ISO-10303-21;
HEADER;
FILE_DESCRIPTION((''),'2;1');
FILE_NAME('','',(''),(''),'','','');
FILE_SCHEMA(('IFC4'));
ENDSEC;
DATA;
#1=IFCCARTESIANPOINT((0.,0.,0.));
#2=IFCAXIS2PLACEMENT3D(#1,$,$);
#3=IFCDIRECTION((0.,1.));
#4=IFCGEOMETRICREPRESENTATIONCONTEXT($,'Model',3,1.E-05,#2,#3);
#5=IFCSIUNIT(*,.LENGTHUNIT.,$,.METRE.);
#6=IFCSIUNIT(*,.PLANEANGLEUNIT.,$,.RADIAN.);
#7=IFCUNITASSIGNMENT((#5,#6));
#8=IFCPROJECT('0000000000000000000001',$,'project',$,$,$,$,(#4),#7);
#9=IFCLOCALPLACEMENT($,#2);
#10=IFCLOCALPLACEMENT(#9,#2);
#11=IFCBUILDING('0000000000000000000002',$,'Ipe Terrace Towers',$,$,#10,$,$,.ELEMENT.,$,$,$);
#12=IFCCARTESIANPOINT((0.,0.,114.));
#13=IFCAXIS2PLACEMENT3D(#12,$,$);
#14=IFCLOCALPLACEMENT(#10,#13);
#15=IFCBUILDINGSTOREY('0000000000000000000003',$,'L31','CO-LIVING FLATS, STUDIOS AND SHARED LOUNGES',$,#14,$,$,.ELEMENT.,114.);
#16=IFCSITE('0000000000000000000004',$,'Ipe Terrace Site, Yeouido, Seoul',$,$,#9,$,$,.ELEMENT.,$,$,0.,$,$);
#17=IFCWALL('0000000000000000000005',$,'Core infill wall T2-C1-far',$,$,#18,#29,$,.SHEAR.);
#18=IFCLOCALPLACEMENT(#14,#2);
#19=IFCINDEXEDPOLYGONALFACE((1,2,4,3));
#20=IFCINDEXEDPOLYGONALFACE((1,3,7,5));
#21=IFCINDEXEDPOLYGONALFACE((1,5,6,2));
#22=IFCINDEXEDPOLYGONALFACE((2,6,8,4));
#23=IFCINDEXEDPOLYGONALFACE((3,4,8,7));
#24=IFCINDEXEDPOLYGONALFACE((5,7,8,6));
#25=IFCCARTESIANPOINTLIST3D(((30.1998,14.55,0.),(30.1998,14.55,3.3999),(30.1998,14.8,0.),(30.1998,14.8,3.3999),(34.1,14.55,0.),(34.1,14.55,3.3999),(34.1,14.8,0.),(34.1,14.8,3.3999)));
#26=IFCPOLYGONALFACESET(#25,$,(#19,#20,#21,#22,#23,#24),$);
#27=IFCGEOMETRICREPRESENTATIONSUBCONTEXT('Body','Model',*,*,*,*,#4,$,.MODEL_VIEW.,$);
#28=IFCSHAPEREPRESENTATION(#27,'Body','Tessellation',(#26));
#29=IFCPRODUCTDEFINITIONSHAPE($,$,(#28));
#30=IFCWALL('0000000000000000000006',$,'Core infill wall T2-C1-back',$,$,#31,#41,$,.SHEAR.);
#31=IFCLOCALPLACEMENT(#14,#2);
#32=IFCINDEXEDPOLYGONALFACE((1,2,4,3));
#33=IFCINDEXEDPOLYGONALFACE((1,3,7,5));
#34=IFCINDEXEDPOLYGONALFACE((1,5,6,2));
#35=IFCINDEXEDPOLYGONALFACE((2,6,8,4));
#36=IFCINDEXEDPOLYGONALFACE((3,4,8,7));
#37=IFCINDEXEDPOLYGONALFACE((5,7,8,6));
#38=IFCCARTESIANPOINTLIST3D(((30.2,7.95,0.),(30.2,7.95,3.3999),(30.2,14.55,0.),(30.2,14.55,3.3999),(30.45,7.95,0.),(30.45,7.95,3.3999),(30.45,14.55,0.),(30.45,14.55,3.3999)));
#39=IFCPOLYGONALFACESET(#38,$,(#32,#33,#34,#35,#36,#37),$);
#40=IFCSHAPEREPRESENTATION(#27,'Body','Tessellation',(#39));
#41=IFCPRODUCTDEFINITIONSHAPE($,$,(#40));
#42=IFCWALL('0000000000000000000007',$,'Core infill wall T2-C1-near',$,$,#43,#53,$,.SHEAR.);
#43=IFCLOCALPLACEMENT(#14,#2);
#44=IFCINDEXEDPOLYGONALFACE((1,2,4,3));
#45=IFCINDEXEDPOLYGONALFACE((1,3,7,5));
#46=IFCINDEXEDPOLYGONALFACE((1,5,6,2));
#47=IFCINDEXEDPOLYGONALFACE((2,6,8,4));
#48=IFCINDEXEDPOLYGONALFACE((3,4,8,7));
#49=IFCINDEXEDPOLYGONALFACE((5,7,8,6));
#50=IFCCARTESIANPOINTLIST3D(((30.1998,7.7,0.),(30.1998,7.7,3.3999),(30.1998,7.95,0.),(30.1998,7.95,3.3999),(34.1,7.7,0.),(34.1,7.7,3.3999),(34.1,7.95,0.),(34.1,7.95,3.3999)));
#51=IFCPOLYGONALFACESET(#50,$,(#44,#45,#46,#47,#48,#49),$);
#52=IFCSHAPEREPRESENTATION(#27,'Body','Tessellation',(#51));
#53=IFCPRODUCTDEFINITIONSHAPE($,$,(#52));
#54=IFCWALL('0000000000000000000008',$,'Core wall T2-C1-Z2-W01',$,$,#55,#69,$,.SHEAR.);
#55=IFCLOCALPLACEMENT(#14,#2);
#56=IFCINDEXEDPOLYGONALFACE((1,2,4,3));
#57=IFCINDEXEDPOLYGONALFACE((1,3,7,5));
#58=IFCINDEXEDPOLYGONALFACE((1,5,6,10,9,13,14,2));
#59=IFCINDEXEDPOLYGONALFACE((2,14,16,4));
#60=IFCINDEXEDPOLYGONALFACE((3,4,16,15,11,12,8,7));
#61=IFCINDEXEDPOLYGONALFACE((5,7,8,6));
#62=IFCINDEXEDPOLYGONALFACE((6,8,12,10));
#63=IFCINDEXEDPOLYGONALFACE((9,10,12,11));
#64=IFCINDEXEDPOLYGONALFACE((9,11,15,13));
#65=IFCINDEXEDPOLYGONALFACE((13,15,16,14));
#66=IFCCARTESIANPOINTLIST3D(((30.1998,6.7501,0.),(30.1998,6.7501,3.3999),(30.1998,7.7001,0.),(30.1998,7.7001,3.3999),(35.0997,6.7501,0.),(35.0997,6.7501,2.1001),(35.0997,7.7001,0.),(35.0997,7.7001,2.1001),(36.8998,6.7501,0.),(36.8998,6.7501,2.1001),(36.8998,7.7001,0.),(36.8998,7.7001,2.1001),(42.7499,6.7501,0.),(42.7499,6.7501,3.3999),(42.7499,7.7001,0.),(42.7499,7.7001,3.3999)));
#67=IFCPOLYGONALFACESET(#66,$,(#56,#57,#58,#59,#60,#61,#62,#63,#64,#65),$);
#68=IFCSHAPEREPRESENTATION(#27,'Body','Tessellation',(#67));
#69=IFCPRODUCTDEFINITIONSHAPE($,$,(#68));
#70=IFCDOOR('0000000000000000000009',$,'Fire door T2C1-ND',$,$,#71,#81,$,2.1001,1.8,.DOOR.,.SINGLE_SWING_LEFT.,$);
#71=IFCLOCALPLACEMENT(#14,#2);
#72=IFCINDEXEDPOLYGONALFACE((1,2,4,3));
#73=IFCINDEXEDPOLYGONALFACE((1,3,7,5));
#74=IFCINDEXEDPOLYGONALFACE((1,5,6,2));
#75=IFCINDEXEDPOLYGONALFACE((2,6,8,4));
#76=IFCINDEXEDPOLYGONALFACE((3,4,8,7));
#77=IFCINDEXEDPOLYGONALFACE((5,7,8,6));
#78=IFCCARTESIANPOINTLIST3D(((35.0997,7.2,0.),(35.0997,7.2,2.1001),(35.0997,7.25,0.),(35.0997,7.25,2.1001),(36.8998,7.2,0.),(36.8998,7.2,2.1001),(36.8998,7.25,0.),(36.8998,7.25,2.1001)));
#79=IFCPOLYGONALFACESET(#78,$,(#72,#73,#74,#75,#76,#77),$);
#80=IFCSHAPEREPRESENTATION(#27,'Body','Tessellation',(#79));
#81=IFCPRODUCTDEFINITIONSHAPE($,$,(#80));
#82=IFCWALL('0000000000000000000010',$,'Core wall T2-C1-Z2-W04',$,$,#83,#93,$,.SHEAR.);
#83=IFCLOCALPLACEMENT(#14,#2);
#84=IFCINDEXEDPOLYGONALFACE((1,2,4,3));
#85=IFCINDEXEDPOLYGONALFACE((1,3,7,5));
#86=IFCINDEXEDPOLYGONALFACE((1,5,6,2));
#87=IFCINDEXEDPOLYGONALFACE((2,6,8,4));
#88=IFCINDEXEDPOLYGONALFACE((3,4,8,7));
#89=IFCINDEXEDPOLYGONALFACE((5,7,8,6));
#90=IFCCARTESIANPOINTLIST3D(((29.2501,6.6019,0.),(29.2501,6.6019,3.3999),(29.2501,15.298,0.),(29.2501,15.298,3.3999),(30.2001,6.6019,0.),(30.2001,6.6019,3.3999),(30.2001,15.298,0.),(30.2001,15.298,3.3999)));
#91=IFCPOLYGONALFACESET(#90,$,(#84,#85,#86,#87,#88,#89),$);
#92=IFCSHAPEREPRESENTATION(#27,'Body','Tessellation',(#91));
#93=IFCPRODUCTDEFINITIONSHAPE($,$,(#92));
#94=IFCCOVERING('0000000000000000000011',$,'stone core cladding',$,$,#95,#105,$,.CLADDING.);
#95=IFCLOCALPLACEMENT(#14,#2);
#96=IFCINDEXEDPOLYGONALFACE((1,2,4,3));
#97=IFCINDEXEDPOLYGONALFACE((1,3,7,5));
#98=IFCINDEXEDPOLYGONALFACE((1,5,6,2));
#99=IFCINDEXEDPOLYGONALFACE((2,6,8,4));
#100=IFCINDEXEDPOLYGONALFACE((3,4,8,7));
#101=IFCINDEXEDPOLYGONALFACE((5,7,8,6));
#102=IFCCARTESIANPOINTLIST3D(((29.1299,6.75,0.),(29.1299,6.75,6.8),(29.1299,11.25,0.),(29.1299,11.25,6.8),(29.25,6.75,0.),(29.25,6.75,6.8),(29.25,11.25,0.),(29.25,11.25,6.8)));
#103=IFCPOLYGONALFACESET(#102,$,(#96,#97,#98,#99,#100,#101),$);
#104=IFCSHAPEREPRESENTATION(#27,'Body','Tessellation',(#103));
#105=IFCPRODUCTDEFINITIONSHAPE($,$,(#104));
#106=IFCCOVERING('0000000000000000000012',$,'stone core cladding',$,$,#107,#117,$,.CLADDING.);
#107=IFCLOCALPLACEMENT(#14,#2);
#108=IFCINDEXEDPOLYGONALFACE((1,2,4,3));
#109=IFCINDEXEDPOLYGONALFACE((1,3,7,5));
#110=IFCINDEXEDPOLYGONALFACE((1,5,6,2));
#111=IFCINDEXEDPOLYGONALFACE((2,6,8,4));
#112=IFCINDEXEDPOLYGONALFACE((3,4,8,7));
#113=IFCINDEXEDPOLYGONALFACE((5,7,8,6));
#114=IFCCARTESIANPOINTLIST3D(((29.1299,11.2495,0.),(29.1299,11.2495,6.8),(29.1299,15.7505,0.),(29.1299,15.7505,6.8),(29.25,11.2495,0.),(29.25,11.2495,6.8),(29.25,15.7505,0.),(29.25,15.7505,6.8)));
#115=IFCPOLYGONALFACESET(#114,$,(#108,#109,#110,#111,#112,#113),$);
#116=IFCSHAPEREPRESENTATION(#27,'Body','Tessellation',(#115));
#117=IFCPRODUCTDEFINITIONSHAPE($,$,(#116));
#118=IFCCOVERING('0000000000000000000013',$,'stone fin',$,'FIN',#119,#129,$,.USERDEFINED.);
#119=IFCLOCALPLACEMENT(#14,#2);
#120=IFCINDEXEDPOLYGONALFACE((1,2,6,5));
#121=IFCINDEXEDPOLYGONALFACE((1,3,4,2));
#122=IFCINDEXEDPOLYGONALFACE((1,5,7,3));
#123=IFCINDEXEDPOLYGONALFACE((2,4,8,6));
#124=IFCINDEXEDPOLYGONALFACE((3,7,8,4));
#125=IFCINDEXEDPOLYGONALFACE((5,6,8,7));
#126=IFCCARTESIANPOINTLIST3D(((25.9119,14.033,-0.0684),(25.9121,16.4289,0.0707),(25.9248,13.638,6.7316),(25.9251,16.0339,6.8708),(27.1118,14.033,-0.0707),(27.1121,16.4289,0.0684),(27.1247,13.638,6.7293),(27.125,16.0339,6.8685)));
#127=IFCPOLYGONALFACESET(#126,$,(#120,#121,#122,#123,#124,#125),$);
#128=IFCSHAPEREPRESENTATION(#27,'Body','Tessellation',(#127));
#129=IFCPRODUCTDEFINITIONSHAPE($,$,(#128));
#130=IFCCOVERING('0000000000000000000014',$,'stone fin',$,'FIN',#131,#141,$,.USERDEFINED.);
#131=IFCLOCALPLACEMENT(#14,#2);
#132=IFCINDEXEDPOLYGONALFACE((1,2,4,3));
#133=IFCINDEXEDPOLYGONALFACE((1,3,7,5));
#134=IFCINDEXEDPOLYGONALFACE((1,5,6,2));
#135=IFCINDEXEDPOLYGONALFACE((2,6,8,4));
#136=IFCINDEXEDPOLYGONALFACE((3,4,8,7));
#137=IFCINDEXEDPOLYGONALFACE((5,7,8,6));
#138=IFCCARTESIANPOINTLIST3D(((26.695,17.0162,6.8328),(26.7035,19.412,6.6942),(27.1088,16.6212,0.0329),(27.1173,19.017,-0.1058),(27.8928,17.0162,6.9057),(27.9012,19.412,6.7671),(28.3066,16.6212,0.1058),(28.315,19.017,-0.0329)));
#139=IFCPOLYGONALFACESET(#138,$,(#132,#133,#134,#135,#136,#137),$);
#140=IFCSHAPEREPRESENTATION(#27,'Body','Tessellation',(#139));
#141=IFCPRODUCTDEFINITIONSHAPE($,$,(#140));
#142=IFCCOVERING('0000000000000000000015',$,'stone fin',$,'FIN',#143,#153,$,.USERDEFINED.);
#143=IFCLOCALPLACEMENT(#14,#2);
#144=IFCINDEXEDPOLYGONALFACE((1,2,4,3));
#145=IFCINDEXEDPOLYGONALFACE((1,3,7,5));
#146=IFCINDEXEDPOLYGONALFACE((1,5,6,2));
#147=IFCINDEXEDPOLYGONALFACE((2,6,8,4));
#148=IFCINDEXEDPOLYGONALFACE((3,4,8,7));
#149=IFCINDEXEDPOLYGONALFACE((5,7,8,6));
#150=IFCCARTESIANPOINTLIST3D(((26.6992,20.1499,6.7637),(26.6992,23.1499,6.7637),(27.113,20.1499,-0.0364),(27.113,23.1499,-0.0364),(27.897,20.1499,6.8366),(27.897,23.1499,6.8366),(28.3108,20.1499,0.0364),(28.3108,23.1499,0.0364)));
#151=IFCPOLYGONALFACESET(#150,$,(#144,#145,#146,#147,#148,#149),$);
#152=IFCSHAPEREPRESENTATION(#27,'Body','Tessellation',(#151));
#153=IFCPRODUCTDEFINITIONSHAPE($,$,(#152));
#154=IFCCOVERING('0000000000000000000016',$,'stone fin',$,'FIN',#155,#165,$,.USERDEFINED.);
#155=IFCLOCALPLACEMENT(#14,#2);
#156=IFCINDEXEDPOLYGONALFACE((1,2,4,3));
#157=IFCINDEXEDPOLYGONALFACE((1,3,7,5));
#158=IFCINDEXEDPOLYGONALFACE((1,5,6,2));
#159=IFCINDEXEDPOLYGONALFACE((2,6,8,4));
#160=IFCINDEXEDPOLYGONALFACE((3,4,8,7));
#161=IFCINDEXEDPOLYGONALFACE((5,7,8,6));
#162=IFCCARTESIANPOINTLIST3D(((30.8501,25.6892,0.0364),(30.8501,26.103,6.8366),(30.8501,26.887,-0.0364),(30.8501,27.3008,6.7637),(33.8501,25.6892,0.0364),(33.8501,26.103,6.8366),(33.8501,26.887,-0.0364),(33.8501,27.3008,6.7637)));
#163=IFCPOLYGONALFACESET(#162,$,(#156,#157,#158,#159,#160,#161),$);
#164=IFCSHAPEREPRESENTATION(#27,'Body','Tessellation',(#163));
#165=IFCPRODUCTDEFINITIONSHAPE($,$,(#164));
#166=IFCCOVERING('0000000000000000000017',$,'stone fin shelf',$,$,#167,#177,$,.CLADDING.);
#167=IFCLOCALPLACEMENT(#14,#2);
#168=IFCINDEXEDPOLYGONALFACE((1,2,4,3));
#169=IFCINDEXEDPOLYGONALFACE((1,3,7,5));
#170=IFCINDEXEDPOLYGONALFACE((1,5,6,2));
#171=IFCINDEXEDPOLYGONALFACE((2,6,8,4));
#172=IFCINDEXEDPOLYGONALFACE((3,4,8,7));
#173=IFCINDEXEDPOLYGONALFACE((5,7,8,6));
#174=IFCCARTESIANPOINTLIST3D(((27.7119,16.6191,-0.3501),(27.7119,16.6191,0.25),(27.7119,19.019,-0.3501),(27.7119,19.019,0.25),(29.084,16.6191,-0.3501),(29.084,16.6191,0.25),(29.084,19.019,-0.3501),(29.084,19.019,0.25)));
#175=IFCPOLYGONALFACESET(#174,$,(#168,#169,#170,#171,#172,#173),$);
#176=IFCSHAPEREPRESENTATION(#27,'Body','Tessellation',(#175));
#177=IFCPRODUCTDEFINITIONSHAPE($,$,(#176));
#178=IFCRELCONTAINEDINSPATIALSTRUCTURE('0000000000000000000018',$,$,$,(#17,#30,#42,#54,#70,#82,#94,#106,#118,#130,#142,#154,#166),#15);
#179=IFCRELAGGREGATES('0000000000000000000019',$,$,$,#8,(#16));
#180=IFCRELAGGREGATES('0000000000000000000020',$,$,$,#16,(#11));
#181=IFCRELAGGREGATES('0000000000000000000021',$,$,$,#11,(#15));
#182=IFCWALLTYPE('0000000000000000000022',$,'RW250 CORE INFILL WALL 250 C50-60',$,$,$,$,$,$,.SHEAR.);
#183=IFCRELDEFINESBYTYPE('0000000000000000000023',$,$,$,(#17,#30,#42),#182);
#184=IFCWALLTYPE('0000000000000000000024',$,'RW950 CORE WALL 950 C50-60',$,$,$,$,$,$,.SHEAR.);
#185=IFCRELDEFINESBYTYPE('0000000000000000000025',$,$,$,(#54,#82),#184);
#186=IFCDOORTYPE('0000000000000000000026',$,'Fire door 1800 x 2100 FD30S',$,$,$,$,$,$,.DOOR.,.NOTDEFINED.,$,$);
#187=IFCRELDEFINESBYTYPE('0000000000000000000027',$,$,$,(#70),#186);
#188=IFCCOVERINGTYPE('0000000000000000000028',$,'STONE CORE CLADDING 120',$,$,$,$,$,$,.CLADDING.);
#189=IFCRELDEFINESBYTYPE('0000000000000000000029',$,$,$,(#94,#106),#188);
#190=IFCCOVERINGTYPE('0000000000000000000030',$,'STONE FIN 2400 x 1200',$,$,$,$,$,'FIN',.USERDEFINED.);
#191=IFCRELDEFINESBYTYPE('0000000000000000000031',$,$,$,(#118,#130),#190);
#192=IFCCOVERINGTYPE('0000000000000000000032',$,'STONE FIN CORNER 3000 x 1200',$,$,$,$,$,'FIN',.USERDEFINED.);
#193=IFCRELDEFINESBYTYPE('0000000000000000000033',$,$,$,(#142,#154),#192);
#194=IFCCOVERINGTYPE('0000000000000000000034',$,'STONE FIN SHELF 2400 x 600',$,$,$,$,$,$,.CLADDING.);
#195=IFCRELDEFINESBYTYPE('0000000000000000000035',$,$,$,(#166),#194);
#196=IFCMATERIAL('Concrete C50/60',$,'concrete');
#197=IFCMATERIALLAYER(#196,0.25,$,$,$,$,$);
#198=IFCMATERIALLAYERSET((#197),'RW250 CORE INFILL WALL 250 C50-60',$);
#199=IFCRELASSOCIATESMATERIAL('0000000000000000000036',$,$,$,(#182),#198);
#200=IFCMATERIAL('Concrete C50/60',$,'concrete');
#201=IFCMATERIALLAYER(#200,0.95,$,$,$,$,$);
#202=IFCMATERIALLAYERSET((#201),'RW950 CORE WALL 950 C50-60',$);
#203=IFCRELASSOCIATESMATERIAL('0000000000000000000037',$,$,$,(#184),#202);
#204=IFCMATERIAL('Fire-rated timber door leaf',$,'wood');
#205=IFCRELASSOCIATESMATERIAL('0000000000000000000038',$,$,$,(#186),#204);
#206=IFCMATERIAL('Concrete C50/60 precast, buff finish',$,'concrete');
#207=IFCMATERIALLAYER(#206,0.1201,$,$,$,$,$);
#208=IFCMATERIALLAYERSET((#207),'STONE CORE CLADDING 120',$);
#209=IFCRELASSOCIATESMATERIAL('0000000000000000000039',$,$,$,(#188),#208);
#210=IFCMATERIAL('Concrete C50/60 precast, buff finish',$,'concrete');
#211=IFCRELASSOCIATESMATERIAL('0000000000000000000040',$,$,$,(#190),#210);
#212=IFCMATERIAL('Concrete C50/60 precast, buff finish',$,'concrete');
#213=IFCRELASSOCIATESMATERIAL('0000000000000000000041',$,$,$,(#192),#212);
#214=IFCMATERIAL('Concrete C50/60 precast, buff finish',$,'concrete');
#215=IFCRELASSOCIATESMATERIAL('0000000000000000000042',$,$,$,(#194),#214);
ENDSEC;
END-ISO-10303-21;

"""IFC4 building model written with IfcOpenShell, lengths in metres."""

from ifc_helpers import new_model, si_unit, direction, frame, frame_2d, origin, origin_2d, place, context, subcontext, project, spatial, rectangle, extrude, material, layer, layer_set, material_profile, profile_set, type_object, element, fill, save


model = new_model("IFC4")

# Units and contexts
model_context = context("Model", 3, precision=1e-05, world=origin(), true_north=direction((0.0, 1.0)))
body_context = subcontext(model_context, "Body", "Model", "MODEL_VIEW")
ifc_project = project(units=[si_unit("LENGTHUNIT", "METRE"), si_unit("PLANEANGLEUNIT", "RADIAN")], contexts=[model_context])

# Site, building, storey
site_placement = place(None, origin())
site = spatial("IfcSite", under=ifc_project, at=site_placement, Name="Ipe Terrace Site, Yeouido, Seoul", CompositionType="ELEMENT", RefElevation=0.0)
building_placement = place(site_placement, origin())
building = spatial("IfcBuilding", under=site, at=building_placement, Name="Ipe Terrace Towers", CompositionType="ELEMENT")
storey_placement = place(building_placement, frame((0.0, 0.0, 114.0)))
storey = spatial("IfcBuildingStorey", under=building, at=storey_placement, Name="L31", Description="CO-LIVING FLATS, STUDIOS AND SHARED LOUNGES", CompositionType="ELEMENT", Elevation=114.0)

# Walls
ifc_material_1 = material(Name="Concrete C50/60", Category="concrete")
ifc_layer_1 = layer(ifc_material_1, 0.25)
ifc_layer_set_1 = layer_set([ifc_layer_1], Name="RW250 CORE INFILL WALL 250 C50-60")
wall_type_1 = type_object("IfcWallType", Name="RW250 CORE INFILL WALL 250 C50-60", PredefinedType="SHEAR", material=ifc_layer_set_1)
wall_1_placement = place(storey_placement, frame((34.1001, 14.675, 0.0), z_axis=(0.0, 0.0, 1.0), x_axis=(-1.0, 0.0, 0.0)))
element("IfcWall", 1, at=wall_1_placement, inside=storey, type_object=wall_type_1, Name="Core infill wall T2-C1-far", PredefinedType="SHEAR", context=body_context, shape_type="SweptSolid", body=[
    extrude(rectangle(XDim=3.9001, YDim=0.25, at=frame_2d((1.9502, 0.0))), origin(), (0.0, 0.0, 1.0), 3.3999),
])
wall_2_placement = place(storey_placement, frame((30.325, 7.95, 0.0), z_axis=(0.0, 0.0, 1.0), x_axis=(0.0, 1.0, 0.0)))
element("IfcWall", 2, at=wall_2_placement, inside=storey, type_object=wall_type_1, Name="Core infill wall T2-C1-back", PredefinedType="SHEAR", context=body_context, shape_type="SweptSolid", body=[
    extrude(rectangle(XDim=6.6001, YDim=0.25, at=frame_2d((3.3, 0.0))), origin(), (0.0, 0.0, 1.0), 3.3999),
])
wall_3_placement = place(storey_placement, frame((34.1001, 7.825, 0.0), z_axis=(0.0, 0.0, 1.0), x_axis=(-1.0, 0.0, 0.0)))
element("IfcWall", 3, at=wall_3_placement, inside=storey, type_object=wall_type_1, Name="Core infill wall T2-C1-near", PredefinedType="SHEAR", context=body_context, shape_type="SweptSolid", body=[
    extrude(rectangle(XDim=3.9001, YDim=0.25, at=frame_2d((1.9502, 0.0))), origin(), (0.0, 0.0, 1.0), 3.3999),
])

# Wall, opening, door
ifc_material_2 = material(Name="Concrete C50/60", Category="concrete")
ifc_layer_2 = layer(ifc_material_2, 0.95)
ifc_layer_set_2 = layer_set([ifc_layer_2], Name="RW950 CORE WALL 950 C50-60")
wall_type_2 = type_object("IfcWallType", Name="RW950 CORE WALL 950 C50-60", PredefinedType="SHEAR", material=ifc_layer_set_2)
wall_4_placement = place(storey_placement, frame((30.2, 7.2251, 0.0), z_axis=(0.0, 0.0, 1.0), x_axis=(1.0, 0.0, 0.0)))
wall_4 = element("IfcWall", 4, at=wall_4_placement, inside=storey, type_object=wall_type_2, Name="Core wall T2-C1-Z2-W01", PredefinedType="SHEAR", context=body_context, shape_type="SweptSolid", body=[
    extrude(rectangle(XDim=12.55, YDim=0.95, at=frame_2d((6.2749, 0.0))), origin(), (0.0, 0.0, 1.0), 3.3999),
])
opening_1_placement = place(wall_4_placement, frame((4.8999, 0.0, 0.0)))
opening_1 = element("IfcOpeningElement", 5, at=opening_1_placement, cuts=wall_4, PredefinedType="OPENING", context=body_context, shape_type="SweptSolid", body=[
    extrude(rectangle(XDim=1.8, YDim=2.1001, at=frame_2d((0.8999, 1.05))), frame((0.0, 0.4849, 0.0), z_axis=(0.0, -1.0, 0.0), x_axis=(1.0, 0.0, 0.0)), (0.0, 0.0, 1.0), 0.97),
])
ifc_material_3 = material(Name="Fire-rated timber door leaf", Category="wood")
door_type_1 = type_object("IfcDoorType", Name="Fire door 1800 x 2100 FD30S", OperationType="NOTDEFINED", PredefinedType="DOOR", material=ifc_material_3)
door_1_placement = place(opening_1_placement, origin())
door_1 = element("IfcDoor", 6, at=door_1_placement, inside=storey, type_object=door_type_1, Name="Fire door T2C1-ND", OperationType="SINGLE_SWING_LEFT", OverallHeight=2.1001, OverallWidth=1.8, PredefinedType="DOOR", context=body_context, shape_type="SweptSolid", body=[
    extrude(rectangle(XDim=1.8, YDim=2.1001, at=frame_2d((0.8999, 1.05))), frame((0.0, 0.0249, 0.0), z_axis=(0.0, -1.0, 0.0), x_axis=(1.0, 0.0, 0.0)), (0.0, 0.0, 1.0), 0.05),
])
fill(opening_1, door_1)

# Wall
wall_5_placement = place(storey_placement, frame((29.7251, 15.2981, 0.0), z_axis=(0.0, 0.0, 1.0), x_axis=(0.0, -1.0, 0.0)))
element("IfcWall", 7, at=wall_5_placement, inside=storey, type_object=wall_type_2, Name="Core wall T2-C1-Z2-W04", PredefinedType="SHEAR", context=body_context, shape_type="SweptSolid", body=[
    extrude(rectangle(XDim=8.696, YDim=0.95, at=frame_2d((4.3481, 0.0))), origin(), (0.0, 0.0, 1.0), 3.3999),
])

# Coverings
ifc_material_4 = material(Name="Concrete C50/60 precast, buff finish", Category="concrete")
ifc_layer_3 = layer(ifc_material_4, 0.1201)
ifc_layer_set_3 = layer_set([ifc_layer_3], Name="STONE CORE CLADDING 120")
covering_type_1 = type_object("IfcCoveringType", Name="STONE CORE CLADDING 120", PredefinedType="CLADDING", material=ifc_layer_set_3)
covering_1_placement = place(storey_placement, frame((29.1899, 9.0, 0.0), z_axis=(0.0, 0.0, 1.0), x_axis=(0.0, -1.0, 0.0)))
element("IfcCovering", 8, at=covering_1_placement, inside=storey, type_object=covering_type_1, Name="stone core cladding", PredefinedType="CLADDING", context=body_context, shape_type="SweptSolid", body=[
    extrude(rectangle(XDim=4.5, YDim=0.1201, at=origin_2d()), origin(), (0.0, 0.0, 1.0), 6.8),
])
covering_2_placement = place(storey_placement, frame((29.1899, 13.5, 0.0), z_axis=(0.0, 0.0, 1.0), x_axis=(0.0, -1.0, 0.0)))
element("IfcCovering", 9, at=covering_2_placement, inside=storey, type_object=covering_type_1, Name="stone core cladding", PredefinedType="CLADDING", context=body_context, shape_type="SweptSolid", body=[
    extrude(rectangle(XDim=4.501, YDim=0.1201, at=origin_2d()), origin(), (0.0, 0.0, 1.0), 6.8),
])
ifc_material_5 = material(Name="Concrete C50/60 precast, buff finish", Category="concrete")
ifc_material_profile_1 = material_profile(ifc_material_5, rectangle(XDim=2.3999, YDim=1.2, at=origin_2d()), Name="STONE FIN 2400 x 1200")
ifc_profile_set_1 = profile_set([ifc_material_profile_1], Name="Concrete C50/60 precast, buff finish")
covering_type_2 = type_object("IfcCoveringType", Name="STONE FIN 2400 x 1200", ElementType="FIN", PredefinedType="USERDEFINED", material=ifc_profile_set_1)
covering_3_placement = place(storey_placement, frame((26.512, 15.231, 0.0), z_axis=(0.0019, -0.057993, 0.998315), x_axis=(-0.00011, -0.998317, -0.057993)))
element("IfcCovering", 10, at=covering_3_placement, inside=storey, type_object=covering_type_2, Name="stone fin", ObjectType="FIN", PredefinedType="USERDEFINED", context=body_context, shape_type="SweptSolid", body=[
    extrude(rectangle(XDim=2.3999, YDim=1.2, at=origin_2d()), origin(), (0.0, 0.0, 1.0), 6.8115),
])
covering_4_placement = place(storey_placement, frame((27.7119, 17.8191, 0.0), z_axis=(-0.060641, 0.057886, 0.99648), x_axis=(-0.003516, -0.998323, 0.057779)))
element("IfcCovering", 11, at=covering_4_placement, inside=storey, type_object=covering_type_2, Name="stone fin", ObjectType="FIN", PredefinedType="USERDEFINED", context=body_context, shape_type="SweptSolid", body=[
    extrude(rectangle(XDim=2.3999, YDim=1.2, at=origin_2d()), origin(), (0.0, 0.0, 1.0), 6.824),
])
ifc_material_6 = material(Name="Concrete C50/60 precast, buff finish", Category="concrete")
ifc_material_profile_2 = material_profile(ifc_material_6, rectangle(XDim=3.0, YDim=1.2, at=origin_2d()), Name="STONE FIN CORNER 3000 x 1200")
ifc_profile_set_2 = profile_set([ifc_material_profile_2], Name="Concrete C50/60 precast, buff finish")
covering_type_3 = type_object("IfcCoveringType", Name="STONE FIN CORNER 3000 x 1200", ElementType="FIN", PredefinedType="USERDEFINED", material=ifc_profile_set_2)
for number, where, z_axis, x_axis, name in (
    (12, (27.7119, 21.6499, 0.0), (-0.060743, 0.0, 0.998153), (0.0, -1.0, 0.0), "stone fin"),
    (13, (32.3501, 26.2881, 0.0), (0.0, 0.060743, 0.998153), (-1.0, 0.0, 0.0), "stone fin"),
):
    element("IfcCovering", number, at=place(storey_placement, frame(where, z_axis=z_axis, x_axis=x_axis)), inside=storey, type_object=covering_type_3, Name=name, ObjectType="FIN", PredefinedType="USERDEFINED", context=body_context, shape_type="SweptSolid", body=[
        extrude(rectangle(XDim=3.0, YDim=1.2, at=origin_2d()), origin(), (0.0, 0.0, 1.0), 6.8127),
    ])
ifc_material_7 = material(Name="Concrete C50/60 precast, buff finish", Category="concrete")
covering_type_4 = type_object("IfcCoveringType", Name="STONE FIN SHELF 2400 x 600", PredefinedType="CLADDING", material=ifc_material_7)
covering_5_placement = place(storey_placement, frame((28.3979, 17.8191, -0.3501), z_axis=(0.0, 0.0, 1.0), x_axis=(0.0, -1.0, 0.0)))
element("IfcCovering", 14, at=covering_5_placement, inside=storey, type_object=covering_type_4, Name="stone fin shelf", PredefinedType="CLADDING", context=body_context, shape_type="SweptSolid", body=[
    extrude(rectangle(XDim=2.3999, YDim=1.3721, at=origin_2d()), origin(), (0.0, 0.0, 1.0), 0.6001),
])

save(model, "model.ifc")
